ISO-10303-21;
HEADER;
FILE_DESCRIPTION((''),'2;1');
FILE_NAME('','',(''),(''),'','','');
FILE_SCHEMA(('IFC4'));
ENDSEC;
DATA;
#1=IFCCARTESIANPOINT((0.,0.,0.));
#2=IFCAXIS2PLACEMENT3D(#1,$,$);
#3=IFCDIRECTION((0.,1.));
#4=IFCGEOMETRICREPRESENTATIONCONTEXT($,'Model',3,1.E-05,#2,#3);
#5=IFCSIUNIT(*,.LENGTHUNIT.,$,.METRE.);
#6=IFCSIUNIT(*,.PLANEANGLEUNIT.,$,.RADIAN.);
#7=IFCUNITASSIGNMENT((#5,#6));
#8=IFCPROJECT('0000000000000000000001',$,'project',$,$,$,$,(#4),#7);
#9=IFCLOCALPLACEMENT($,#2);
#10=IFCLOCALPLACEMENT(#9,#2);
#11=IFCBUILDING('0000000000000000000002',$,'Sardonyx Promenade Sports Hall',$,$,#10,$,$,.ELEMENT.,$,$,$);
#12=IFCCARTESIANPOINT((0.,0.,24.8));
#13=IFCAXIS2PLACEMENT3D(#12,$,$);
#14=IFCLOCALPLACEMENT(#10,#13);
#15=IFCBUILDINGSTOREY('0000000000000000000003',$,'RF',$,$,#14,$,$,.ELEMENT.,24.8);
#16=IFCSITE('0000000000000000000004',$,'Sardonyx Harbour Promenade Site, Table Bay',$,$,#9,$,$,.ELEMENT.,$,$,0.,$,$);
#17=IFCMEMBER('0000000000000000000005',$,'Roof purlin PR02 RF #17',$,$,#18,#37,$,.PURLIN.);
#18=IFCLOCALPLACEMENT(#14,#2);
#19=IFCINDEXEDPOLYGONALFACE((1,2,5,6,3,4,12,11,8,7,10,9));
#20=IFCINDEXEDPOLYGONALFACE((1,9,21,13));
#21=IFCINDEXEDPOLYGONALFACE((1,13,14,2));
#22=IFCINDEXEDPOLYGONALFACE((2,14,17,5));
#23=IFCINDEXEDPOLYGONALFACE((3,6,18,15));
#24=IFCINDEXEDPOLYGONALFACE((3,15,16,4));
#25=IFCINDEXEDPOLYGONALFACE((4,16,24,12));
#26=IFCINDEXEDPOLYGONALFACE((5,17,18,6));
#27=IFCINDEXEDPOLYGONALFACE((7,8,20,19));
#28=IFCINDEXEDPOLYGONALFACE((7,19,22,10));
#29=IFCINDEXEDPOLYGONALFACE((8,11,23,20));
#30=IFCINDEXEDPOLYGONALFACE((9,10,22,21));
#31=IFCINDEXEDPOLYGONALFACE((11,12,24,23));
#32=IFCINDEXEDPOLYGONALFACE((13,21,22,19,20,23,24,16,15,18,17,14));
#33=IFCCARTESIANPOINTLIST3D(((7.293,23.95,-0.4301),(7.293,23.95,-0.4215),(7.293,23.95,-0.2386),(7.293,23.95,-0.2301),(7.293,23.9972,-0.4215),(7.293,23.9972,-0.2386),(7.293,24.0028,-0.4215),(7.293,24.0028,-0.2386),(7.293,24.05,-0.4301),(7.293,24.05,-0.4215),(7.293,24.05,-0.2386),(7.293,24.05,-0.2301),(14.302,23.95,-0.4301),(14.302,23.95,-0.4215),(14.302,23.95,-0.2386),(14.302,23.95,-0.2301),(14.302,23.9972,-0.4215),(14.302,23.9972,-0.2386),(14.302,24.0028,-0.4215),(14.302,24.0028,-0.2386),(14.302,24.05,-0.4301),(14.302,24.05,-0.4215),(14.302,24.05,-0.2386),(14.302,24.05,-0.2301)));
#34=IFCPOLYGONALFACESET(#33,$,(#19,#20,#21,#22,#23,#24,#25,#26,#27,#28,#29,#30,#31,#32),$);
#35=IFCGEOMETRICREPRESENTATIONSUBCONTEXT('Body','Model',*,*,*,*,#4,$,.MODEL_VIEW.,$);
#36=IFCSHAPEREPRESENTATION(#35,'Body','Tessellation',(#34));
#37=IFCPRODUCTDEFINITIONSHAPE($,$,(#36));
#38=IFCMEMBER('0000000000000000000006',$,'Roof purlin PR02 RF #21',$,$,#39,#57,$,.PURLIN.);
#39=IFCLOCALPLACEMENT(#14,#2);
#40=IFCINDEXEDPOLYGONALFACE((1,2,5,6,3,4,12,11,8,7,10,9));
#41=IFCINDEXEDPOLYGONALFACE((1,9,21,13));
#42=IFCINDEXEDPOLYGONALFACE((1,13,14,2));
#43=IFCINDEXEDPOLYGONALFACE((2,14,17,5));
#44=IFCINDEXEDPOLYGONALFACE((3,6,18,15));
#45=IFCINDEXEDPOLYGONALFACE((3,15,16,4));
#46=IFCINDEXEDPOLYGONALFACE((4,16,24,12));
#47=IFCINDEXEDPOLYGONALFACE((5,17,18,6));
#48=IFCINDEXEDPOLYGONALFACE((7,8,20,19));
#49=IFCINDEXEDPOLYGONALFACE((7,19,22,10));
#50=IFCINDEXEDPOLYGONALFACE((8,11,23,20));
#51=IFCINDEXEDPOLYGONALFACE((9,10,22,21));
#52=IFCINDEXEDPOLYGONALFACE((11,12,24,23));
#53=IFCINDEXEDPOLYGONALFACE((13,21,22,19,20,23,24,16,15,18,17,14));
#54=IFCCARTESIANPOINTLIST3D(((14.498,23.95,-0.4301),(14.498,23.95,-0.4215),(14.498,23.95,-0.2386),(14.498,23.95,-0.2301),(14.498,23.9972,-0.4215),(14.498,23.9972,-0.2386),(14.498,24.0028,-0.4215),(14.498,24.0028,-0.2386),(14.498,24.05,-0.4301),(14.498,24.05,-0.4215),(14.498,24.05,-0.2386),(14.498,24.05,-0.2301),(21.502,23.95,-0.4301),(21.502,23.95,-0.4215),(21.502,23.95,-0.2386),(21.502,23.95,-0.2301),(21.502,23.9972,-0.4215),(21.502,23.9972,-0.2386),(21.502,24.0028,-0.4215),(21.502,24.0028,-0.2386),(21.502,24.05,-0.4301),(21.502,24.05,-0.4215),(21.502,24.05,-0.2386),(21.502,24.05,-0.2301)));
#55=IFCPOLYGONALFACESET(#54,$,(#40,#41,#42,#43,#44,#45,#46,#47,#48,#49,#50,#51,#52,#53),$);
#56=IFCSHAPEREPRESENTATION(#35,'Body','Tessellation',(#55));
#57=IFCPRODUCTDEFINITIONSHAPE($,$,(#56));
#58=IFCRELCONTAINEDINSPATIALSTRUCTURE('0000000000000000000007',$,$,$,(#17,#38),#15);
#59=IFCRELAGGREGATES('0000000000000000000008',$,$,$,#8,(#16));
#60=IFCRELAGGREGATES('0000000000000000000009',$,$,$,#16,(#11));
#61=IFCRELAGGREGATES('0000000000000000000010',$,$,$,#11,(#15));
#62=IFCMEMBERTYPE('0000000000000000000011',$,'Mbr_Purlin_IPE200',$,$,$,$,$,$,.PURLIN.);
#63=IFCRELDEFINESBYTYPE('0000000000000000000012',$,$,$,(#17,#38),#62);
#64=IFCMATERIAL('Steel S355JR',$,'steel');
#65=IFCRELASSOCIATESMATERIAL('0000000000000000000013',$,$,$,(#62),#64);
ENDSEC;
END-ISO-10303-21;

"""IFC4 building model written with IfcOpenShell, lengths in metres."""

from ifc_helpers import new_model, si_unit, direction, frame, origin, origin_2d, place, context, subcontext, project, spatial, i_section, extrude, material, material_profile, profile_set, type_object, element, save


model = new_model("IFC4")

# Units and contexts
model_context = context("Model", 3, precision=1e-05, world=origin(), true_north=direction((0.0, 1.0)))
body_context = subcontext(model_context, "Body", "Model", "MODEL_VIEW")
ifc_project = project(units=[si_unit("LENGTHUNIT", "METRE"), si_unit("PLANEANGLEUNIT", "RADIAN")], contexts=[model_context])

# Site, building, storey
site_placement = place(None, origin())
site = spatial("IfcSite", under=ifc_project, at=site_placement, Name="Sardonyx Harbour Promenade Site, Table Bay", CompositionType="ELEMENT", RefElevation=0.0)
building_placement = place(site_placement, origin())
building = spatial("IfcBuilding", under=site, at=building_placement, Name="Sardonyx Promenade Sports Hall", CompositionType="ELEMENT")
storey_placement = place(building_placement, frame((0.0, 0.0, 24.8)))
storey = spatial("IfcBuildingStorey", under=building, at=storey_placement, Name="RF", CompositionType="ELEMENT", Elevation=24.8)

# Members
ifc_material_1 = material(Name="Steel S355JR", Category="steel")
ifc_material_profile_1 = material_profile(ifc_material_1, i_section(OverallWidth=0.1001, OverallDepth=0.2, WebThickness=0.0056, FlangeThickness=0.0085, at=origin_2d()))
ifc_profile_set_1 = profile_set([ifc_material_profile_1], Name="Steel S355JR")
member_type = type_object("IfcMemberType", Name="Mbr_Purlin_IPE200", PredefinedType="PURLIN", material=ifc_profile_set_1)
member_1_placement = place(storey_placement, frame((7.293, 24.0, -0.3301), z_axis=(1.0, 0.0, 0.0), x_axis=(0.0, 1.0, 0.0)))
element("IfcMember", 1, at=member_1_placement, inside=storey, type_object=member_type, Name="Roof purlin PR02 RF #17", PredefinedType="PURLIN", context=body_context, shape_type="SweptSolid", body=[
    extrude(i_section(OverallWidth=0.1001, OverallDepth=0.2, WebThickness=0.0056, FlangeThickness=0.0085, at=origin_2d()), origin(), (0.0, 0.0, 1.0), 7.009),
])
member_2_placement = place(storey_placement, frame((14.498, 24.0, -0.3301), z_axis=(1.0, 0.0, 0.0), x_axis=(0.0, 1.0, 0.0)))
element("IfcMember", 2, at=member_2_placement, inside=storey, type_object=member_type, Name="Roof purlin PR02 RF #21", PredefinedType="PURLIN", context=body_context, shape_type="SweptSolid", body=[
    extrude(i_section(OverallWidth=0.1001, OverallDepth=0.2, WebThickness=0.0056, FlangeThickness=0.0085, at=origin_2d()), origin(), (0.0, 0.0, 1.0), 7.0039),
])

save(model, "model.ifc")
